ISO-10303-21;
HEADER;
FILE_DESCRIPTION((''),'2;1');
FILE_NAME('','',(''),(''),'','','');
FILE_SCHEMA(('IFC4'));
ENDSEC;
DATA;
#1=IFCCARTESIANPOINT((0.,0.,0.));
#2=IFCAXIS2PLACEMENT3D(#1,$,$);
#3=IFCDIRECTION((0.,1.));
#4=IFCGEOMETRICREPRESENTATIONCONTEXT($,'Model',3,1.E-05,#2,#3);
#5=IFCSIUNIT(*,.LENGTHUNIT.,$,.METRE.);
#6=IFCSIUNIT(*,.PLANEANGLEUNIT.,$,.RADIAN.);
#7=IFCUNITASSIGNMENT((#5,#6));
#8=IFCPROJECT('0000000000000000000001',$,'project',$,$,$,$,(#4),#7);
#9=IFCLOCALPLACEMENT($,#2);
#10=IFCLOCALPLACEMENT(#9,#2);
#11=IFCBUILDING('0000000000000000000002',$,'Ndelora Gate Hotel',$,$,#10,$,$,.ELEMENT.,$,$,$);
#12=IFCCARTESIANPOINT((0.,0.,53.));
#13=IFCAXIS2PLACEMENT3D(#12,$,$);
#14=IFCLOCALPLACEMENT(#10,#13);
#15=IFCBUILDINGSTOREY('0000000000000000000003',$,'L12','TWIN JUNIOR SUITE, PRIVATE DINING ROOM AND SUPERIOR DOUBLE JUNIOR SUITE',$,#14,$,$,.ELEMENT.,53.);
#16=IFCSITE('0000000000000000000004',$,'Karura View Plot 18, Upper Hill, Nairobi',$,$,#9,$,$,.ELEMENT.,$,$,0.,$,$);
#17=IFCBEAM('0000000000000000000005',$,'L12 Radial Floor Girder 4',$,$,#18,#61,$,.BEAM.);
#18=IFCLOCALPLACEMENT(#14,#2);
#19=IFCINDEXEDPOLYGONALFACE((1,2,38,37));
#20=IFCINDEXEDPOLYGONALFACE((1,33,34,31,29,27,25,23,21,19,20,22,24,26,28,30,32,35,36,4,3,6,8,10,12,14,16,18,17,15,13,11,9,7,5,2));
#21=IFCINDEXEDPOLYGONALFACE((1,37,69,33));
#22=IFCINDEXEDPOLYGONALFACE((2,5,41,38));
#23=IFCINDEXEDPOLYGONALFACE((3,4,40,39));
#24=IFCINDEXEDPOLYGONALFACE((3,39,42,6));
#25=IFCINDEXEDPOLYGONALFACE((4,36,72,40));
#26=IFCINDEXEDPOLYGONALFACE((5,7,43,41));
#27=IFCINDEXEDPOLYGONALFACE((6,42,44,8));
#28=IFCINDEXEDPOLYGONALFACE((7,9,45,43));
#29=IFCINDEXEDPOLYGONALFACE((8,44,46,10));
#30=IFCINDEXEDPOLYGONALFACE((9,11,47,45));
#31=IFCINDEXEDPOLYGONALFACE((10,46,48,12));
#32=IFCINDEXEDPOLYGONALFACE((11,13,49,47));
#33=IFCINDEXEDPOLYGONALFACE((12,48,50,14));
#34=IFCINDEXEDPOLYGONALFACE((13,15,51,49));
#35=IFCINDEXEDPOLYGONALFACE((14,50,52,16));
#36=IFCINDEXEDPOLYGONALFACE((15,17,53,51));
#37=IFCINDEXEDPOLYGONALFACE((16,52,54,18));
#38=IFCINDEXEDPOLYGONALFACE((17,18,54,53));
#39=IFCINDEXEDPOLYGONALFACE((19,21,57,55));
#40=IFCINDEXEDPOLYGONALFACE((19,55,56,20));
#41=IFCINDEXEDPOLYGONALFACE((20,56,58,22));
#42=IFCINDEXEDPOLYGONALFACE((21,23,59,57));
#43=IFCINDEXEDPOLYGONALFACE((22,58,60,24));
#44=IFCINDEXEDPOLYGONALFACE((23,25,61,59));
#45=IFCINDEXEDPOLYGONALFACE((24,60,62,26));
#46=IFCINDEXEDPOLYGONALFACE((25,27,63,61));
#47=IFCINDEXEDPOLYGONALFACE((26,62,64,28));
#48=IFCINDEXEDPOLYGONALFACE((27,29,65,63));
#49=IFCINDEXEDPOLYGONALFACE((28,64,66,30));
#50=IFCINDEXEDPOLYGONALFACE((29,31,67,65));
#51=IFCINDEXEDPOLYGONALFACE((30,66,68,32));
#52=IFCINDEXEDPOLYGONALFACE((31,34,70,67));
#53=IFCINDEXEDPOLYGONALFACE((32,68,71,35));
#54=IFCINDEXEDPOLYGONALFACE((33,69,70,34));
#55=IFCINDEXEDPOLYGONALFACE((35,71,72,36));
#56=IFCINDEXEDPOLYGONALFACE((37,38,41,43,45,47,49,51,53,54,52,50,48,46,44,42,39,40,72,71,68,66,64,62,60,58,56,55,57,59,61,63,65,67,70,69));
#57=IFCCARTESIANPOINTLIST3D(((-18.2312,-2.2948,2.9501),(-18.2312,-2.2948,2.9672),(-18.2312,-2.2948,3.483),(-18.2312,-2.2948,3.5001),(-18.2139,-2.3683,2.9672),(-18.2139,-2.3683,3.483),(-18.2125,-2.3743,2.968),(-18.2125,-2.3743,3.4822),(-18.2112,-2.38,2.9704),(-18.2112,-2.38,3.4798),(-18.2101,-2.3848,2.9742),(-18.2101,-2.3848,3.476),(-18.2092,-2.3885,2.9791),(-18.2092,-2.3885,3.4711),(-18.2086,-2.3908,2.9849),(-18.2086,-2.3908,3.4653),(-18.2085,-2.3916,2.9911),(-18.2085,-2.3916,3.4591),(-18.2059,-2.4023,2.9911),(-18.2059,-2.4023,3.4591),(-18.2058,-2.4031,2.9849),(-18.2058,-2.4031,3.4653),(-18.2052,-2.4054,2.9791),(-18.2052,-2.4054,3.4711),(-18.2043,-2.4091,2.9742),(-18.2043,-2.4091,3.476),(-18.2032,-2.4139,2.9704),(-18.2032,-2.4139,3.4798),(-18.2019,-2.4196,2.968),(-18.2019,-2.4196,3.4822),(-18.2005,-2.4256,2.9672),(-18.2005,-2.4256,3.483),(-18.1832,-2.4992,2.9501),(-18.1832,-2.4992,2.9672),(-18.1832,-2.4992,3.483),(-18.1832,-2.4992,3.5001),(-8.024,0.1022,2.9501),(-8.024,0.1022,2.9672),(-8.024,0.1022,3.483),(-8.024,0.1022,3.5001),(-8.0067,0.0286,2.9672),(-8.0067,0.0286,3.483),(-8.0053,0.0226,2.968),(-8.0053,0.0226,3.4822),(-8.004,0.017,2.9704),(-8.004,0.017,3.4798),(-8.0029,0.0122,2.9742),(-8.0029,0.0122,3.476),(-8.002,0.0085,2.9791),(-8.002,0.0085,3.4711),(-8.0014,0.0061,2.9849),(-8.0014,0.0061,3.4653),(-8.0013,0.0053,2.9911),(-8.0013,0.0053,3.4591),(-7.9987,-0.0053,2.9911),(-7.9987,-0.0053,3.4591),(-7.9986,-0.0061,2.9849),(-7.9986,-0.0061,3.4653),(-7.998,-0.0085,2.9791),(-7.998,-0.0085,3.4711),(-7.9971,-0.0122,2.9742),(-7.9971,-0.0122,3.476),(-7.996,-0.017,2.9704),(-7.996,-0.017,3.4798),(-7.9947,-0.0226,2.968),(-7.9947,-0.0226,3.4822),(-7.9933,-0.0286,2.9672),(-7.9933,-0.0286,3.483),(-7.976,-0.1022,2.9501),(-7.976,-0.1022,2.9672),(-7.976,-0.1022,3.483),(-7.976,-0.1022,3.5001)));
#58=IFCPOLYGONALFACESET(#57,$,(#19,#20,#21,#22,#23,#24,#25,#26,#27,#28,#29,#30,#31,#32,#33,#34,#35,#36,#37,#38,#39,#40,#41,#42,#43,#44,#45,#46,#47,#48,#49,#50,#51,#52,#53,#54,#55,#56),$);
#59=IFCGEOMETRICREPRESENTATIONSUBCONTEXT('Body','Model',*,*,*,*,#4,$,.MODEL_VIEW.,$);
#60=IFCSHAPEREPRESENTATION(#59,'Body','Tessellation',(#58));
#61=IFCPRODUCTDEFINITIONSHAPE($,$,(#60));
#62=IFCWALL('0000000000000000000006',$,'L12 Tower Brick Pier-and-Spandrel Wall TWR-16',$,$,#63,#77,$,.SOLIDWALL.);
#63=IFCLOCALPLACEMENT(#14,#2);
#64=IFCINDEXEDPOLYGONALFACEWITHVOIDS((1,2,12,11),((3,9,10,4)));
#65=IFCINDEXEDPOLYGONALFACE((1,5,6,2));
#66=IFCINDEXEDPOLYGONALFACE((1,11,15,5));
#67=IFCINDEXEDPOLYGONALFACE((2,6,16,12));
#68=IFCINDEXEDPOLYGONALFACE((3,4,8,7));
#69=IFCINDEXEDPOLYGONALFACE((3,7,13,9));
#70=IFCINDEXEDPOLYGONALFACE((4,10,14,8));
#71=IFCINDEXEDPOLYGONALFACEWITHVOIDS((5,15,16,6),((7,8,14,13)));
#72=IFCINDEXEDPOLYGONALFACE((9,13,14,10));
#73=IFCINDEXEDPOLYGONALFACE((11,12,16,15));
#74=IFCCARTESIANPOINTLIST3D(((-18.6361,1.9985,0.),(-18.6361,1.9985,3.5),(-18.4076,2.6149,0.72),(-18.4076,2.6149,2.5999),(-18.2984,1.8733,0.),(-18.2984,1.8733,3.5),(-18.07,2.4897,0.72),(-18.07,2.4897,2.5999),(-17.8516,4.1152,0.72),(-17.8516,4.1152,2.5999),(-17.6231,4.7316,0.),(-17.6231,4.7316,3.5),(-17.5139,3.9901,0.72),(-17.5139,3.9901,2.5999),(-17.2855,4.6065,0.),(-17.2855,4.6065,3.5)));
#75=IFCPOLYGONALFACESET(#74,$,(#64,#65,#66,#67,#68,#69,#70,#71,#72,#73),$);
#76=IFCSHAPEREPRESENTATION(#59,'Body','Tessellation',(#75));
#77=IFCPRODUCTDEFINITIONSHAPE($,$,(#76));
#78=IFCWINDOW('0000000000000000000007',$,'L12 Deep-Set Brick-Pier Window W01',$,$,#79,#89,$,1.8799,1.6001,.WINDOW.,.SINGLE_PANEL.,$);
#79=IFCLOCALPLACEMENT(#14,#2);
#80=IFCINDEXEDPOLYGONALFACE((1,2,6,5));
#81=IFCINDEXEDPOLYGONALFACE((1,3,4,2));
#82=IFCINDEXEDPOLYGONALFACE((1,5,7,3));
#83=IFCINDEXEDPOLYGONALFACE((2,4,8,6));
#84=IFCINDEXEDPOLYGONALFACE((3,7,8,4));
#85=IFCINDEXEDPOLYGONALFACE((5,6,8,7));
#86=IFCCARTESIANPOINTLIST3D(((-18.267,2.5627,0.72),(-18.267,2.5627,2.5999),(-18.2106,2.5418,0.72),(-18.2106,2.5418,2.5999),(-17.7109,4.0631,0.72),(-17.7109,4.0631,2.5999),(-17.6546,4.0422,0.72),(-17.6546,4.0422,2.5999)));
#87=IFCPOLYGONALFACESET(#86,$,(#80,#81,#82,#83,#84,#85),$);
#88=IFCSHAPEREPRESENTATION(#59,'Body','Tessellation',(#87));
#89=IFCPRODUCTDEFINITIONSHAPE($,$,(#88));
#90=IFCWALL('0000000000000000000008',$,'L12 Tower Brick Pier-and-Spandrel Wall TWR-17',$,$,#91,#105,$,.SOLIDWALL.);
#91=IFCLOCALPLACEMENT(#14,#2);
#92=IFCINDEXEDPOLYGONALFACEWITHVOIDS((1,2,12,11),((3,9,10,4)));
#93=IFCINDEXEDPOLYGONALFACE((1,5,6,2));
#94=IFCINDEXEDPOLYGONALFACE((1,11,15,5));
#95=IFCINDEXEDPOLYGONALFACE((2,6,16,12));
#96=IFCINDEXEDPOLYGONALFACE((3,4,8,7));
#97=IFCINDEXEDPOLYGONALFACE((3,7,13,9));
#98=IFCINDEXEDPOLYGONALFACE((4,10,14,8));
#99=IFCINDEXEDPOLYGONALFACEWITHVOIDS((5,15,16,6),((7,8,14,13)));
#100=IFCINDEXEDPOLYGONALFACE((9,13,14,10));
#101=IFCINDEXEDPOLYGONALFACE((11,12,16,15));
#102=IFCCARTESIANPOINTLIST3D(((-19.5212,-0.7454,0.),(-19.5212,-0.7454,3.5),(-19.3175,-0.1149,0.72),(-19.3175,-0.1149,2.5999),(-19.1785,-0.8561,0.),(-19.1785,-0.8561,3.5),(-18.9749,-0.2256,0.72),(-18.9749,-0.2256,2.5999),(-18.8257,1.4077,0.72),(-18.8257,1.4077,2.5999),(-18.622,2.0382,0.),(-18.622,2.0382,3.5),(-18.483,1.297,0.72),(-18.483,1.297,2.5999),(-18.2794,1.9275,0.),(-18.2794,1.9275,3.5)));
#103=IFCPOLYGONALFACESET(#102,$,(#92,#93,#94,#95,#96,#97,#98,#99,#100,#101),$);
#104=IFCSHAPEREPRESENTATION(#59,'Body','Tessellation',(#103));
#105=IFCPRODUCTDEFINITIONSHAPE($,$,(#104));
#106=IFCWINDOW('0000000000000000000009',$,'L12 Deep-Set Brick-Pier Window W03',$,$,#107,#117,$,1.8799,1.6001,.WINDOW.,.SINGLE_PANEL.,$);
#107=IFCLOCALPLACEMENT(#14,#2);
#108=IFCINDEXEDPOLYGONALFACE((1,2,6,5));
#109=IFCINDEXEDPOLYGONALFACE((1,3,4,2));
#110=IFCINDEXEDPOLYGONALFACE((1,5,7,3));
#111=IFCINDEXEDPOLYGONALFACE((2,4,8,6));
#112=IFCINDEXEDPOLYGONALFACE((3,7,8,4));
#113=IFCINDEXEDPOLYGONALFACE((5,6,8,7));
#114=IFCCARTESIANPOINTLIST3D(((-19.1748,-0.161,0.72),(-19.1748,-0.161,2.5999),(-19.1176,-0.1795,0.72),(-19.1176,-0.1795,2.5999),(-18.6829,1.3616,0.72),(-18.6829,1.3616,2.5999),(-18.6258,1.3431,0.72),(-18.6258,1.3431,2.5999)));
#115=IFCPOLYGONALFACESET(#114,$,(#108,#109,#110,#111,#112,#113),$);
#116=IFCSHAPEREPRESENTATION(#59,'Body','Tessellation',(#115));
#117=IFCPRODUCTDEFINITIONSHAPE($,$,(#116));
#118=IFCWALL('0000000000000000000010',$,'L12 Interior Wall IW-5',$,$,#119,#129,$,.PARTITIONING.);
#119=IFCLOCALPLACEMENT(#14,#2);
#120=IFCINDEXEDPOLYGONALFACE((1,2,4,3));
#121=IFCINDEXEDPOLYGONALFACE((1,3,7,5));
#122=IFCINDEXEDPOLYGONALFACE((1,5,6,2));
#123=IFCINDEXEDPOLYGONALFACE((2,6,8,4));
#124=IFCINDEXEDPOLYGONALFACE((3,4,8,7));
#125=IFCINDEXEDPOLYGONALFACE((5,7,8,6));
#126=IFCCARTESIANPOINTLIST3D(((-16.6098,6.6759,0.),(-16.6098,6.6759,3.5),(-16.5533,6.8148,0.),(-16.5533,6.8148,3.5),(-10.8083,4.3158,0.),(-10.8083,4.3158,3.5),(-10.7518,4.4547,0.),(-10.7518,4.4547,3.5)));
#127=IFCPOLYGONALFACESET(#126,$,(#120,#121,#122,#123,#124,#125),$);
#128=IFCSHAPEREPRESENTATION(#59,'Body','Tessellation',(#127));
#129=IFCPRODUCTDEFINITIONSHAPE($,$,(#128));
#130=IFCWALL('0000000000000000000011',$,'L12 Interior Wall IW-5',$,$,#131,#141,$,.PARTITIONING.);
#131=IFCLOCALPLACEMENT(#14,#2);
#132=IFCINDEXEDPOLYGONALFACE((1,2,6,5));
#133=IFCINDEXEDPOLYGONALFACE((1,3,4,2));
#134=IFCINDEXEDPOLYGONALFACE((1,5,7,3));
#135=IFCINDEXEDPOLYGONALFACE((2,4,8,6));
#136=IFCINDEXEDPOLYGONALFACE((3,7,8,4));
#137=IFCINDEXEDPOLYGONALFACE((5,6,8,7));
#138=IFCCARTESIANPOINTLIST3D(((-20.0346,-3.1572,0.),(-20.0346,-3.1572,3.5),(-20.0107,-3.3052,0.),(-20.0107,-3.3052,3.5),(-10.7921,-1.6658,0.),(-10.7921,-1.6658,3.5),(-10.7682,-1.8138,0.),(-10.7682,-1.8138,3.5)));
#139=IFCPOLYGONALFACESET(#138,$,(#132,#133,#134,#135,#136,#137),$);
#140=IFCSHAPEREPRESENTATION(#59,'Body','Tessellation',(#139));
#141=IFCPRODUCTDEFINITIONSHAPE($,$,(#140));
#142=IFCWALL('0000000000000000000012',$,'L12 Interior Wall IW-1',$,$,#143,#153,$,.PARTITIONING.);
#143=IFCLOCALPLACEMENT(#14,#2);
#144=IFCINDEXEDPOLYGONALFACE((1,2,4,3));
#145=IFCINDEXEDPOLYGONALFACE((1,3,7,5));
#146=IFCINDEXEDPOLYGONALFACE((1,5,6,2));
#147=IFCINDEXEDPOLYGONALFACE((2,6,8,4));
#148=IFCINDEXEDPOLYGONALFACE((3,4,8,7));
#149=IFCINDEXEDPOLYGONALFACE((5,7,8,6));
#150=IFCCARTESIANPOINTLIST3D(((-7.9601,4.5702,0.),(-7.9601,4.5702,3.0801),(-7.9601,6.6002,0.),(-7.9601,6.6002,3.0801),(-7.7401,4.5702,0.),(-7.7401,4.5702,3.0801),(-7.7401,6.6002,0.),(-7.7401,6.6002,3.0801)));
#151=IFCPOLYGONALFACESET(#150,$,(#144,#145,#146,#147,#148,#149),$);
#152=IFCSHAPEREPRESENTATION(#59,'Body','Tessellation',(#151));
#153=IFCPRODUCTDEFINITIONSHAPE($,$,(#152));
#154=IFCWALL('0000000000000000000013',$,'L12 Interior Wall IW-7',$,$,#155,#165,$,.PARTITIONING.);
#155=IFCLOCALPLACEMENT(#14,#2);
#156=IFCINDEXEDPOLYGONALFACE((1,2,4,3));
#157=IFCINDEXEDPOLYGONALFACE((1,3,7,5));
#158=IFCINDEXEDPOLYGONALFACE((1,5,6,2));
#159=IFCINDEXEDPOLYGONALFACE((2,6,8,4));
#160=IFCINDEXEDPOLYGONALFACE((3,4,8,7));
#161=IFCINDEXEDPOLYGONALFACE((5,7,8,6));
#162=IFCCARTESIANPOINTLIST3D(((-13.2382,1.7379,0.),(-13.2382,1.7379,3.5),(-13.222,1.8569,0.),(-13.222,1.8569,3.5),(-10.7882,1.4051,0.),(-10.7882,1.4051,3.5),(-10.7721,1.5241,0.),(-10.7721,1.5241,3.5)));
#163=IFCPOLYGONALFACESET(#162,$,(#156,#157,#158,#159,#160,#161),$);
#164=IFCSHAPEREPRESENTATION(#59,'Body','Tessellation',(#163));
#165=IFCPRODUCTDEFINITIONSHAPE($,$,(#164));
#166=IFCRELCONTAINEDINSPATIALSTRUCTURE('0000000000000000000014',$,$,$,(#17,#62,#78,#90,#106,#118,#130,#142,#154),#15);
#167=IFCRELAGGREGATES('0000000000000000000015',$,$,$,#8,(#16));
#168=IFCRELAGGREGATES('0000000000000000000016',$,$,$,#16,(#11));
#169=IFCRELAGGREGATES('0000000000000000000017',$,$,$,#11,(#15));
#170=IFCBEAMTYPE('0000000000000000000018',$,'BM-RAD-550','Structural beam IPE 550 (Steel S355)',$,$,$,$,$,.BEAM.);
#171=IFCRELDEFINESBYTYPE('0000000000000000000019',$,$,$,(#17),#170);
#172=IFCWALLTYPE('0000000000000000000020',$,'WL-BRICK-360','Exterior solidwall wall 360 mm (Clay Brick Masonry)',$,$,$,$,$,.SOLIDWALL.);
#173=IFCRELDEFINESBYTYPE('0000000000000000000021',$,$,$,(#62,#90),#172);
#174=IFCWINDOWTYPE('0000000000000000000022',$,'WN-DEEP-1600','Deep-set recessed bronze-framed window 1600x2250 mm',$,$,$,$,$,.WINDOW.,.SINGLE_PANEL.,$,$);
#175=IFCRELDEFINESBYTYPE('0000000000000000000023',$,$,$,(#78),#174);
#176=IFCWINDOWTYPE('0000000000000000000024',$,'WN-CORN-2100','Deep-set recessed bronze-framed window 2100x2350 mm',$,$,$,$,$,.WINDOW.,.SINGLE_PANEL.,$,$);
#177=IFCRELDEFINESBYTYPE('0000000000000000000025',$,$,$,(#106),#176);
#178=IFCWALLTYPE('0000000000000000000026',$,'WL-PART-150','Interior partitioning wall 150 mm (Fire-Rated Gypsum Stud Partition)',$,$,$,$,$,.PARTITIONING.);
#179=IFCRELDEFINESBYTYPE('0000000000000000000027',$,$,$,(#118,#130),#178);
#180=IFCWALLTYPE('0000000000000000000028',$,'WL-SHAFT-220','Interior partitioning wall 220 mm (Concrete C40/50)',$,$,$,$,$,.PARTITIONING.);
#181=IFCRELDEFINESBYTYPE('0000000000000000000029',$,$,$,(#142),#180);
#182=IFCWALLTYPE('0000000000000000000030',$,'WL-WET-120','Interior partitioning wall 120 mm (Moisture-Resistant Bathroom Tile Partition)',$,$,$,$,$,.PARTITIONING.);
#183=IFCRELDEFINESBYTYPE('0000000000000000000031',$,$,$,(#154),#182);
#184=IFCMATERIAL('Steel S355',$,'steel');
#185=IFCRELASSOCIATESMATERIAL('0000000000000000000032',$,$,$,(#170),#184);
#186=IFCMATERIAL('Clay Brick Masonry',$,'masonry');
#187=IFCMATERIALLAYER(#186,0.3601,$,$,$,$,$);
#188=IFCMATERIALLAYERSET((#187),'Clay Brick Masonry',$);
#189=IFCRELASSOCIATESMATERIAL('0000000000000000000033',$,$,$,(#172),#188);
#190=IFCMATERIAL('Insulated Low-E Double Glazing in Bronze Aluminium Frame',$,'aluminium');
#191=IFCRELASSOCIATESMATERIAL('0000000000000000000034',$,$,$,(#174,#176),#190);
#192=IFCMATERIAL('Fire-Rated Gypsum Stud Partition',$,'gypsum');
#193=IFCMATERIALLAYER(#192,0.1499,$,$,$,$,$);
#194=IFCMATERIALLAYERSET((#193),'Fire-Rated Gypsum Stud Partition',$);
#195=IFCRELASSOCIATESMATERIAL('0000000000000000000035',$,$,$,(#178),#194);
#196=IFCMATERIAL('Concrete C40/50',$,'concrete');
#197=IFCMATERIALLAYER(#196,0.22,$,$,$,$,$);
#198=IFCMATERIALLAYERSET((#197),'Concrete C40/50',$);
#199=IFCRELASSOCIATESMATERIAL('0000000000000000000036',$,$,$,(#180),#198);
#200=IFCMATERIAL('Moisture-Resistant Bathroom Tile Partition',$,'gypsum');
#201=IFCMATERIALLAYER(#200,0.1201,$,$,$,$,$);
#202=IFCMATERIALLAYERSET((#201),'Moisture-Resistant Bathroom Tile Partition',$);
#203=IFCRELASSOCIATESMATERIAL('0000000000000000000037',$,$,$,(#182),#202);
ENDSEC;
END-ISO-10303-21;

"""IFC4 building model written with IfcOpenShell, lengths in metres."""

from ifc_helpers import new_model, si_unit, direction, frame, frame_2d, origin, origin_2d, place, context, subcontext, project, spatial, rectangle, i_section, extrude, material, layer, layer_set, material_profile, profile_set, type_object, element, fill, save


model = new_model("IFC4")

# Units and contexts
model_context = context("Model", 3, precision=1e-05, world=origin(), true_north=direction((0.0, 1.0)))
body_context = subcontext(model_context, "Body", "Model", "MODEL_VIEW")
ifc_project = project(units=[si_unit("LENGTHUNIT", "METRE"), si_unit("PLANEANGLEUNIT", "RADIAN")], contexts=[model_context])

# Site, building, storey
site_placement = place(None, origin())
site = spatial("IfcSite", under=ifc_project, at=site_placement, Name="Karura View Plot 18, Upper Hill, Nairobi", CompositionType="ELEMENT", RefElevation=0.0)
building_placement = place(site_placement, origin())
building = spatial("IfcBuilding", under=site, at=building_placement, Name="Ndelora Gate Hotel", CompositionType="ELEMENT")
storey_placement = place(building_placement, frame((0.0, 0.0, 53.0)))
storey = spatial("IfcBuildingStorey", under=building, at=storey_placement, Name="L12", Description="TWIN JUNIOR SUITE, PRIVATE DINING ROOM AND SUPERIOR DOUBLE JUNIOR SUITE", CompositionType="ELEMENT", Elevation=53.0)

# Beam
ifc_material_1 = material(Name="Steel S355", Category="steel")
ifc_material_profile_1 = material_profile(ifc_material_1, i_section(OverallWidth=0.21, OverallDepth=0.55, WebThickness=0.011, FlangeThickness=0.0171, FilletRadius=0.0239, at=origin_2d()), Name="IPE 550")
ifc_profile_set_1 = profile_set([ifc_material_profile_1], Name="Steel S355")
beam_type_1 = type_object("IfcBeamType", Name="BM-RAD-550", Description="Structural beam IPE 550 (Steel S355)", PredefinedType="BEAM", material=ifc_profile_set_1)
beam_1_placement = place(storey_placement, frame((-8.0, 0.0, 3.2251), z_axis=(-0.973518, -0.228611, 0.0), x_axis=(0.228611, -0.973518, 0.0)))
element("IfcBeam", 1, at=beam_1_placement, inside=storey, type_object=beam_type_1, Name="L12 Radial Floor Girder 4", PredefinedType="BEAM", context=body_context, shape_type="SweptSolid", body=[
    extrude(i_section(OverallWidth=0.21, OverallDepth=0.55, WebThickness=0.011, FlangeThickness=0.0171, FilletRadius=0.0239, at=origin_2d()), origin(), (0.0, 0.0, 1.0), 10.4849),
])

# Walls, openings, windows
ifc_material_2 = material(Name="Clay Brick Masonry", Category="masonry")
ifc_layer_1 = layer(ifc_material_2, 0.3601)
ifc_layer_set_1 = layer_set([ifc_layer_1], Name="Clay Brick Masonry")
wall_type_1 = type_object("IfcWallType", Name="WL-BRICK-360", Description="Exterior solidwall wall 360 mm (Clay Brick Masonry)", PredefinedType="SOLIDWALL", material=ifc_layer_set_1)
wall_1_placement = place(storey_placement, frame((-18.4673, 1.9358, 0.0), z_axis=(0.0, 0.0, 1.0), x_axis=(0.347513, 0.937675, 0.0)))
wall_1 = element("IfcWall", 2, at=wall_1_placement, inside=storey, type_object=wall_type_1, Name="L12 Tower Brick Pier-and-Spandrel Wall TWR-16", PredefinedType="SOLIDWALL", context=body_context, shape_type="SweptSolid", body=[
    extrude(rectangle(XDim=2.9148, YDim=0.3601, at=frame_2d((1.4575, 0.0))), origin(), (0.0, 0.0, 1.0), 3.5),
])
opening_1_placement = place(wall_1_placement, frame((0.6575, 0.0, 0.72)))
opening_1 = element("IfcOpeningElement", 3, at=opening_1_placement, cuts=wall_1, PredefinedType="OPENING", context=body_context, shape_type="SweptSolid", body=[
    extrude(rectangle(XDim=1.6001, YDim=1.8799, at=frame_2d((0.8, 0.9399))), frame((0.0, 0.1899, 0.0), z_axis=(0.0, -1.0, 0.0), x_axis=(1.0, 0.0, 0.0)), (0.0, 0.0, 1.0), 0.3801),
])
ifc_material_3 = material(Name="Insulated Low-E Double Glazing in Bronze Aluminium Frame", Category="aluminium")
window_type_1 = type_object("IfcWindowType", Name="WN-DEEP-1600", Description="Deep-set recessed bronze-framed window 1600x2250 mm", PartitioningType="SINGLE_PANEL", PredefinedType="WINDOW", material=ifc_material_3)
window_1_placement = place(opening_1_placement, origin())
window_1 = element("IfcWindow", 4, at=window_1_placement, inside=storey, type_object=window_type_1, Name="L12 Deep-Set Brick-Pier Window W01", OverallHeight=1.8799, OverallWidth=1.6001, PartitioningType="SINGLE_PANEL", PredefinedType="WINDOW", context=body_context, shape_type="SweptSolid", body=[
    extrude(rectangle(XDim=1.6001, YDim=1.8799, at=frame_2d((0.8, 0.9399))), frame((0.0, 0.03, 0.0), z_axis=(0.0, -1.0, 0.0), x_axis=(1.0, 0.0, 0.0)), (0.0, 0.0, 1.0), 0.0601),
])
fill(opening_1, window_1)
wall_2_placement = place(storey_placement, frame((-19.3499, -0.8008, 0.0), z_axis=(0.0, 0.0, 1.0), x_axis=(0.307376, 0.951588, 0.0)))
wall_2 = element("IfcWall", 5, at=wall_2_placement, inside=storey, type_object=wall_type_1, Name="L12 Tower Brick Pier-and-Spandrel Wall TWR-17", PredefinedType="SOLIDWALL", context=body_context, shape_type="SweptSolid", body=[
    extrude(rectangle(XDim=2.9253, YDim=0.3601, at=frame_2d((1.4626, 0.0))), origin(), (0.0, 0.0, 1.0), 3.5),
])
opening_2_placement = place(wall_2_placement, frame((0.6626, 0.0, 0.72)))
opening_2 = element("IfcOpeningElement", 6, at=opening_2_placement, cuts=wall_2, PredefinedType="OPENING", context=body_context, shape_type="SweptSolid", body=[
    extrude(rectangle(XDim=1.6001, YDim=1.8799, at=frame_2d((0.8, 0.9399))), frame((0.0, 0.1899, 0.0), z_axis=(0.0, -1.0, 0.0), x_axis=(1.0, 0.0, 0.0)), (0.0, 0.0, 1.0), 0.3801),
])
window_type_2 = type_object("IfcWindowType", Name="WN-CORN-2100", Description="Deep-set recessed bronze-framed window 2100x2350 mm", PartitioningType="SINGLE_PANEL", PredefinedType="WINDOW", material=ifc_material_3)
window_2_placement = place(opening_2_placement, origin())
window_2 = element("IfcWindow", 7, at=window_2_placement, inside=storey, type_object=window_type_2, Name="L12 Deep-Set Brick-Pier Window W03", OverallHeight=1.8799, OverallWidth=1.6001, PartitioningType="SINGLE_PANEL", PredefinedType="WINDOW", context=body_context, shape_type="SweptSolid", body=[
    extrude(rectangle(XDim=1.6001, YDim=1.8799, at=frame_2d((0.8, 0.9399))), frame((0.0, 0.03, 0.0), z_axis=(0.0, -1.0, 0.0), x_axis=(1.0, 0.0, 0.0)), (0.0, 0.0, 1.0), 0.0601),
])
fill(opening_2, window_2)

# Shared definitions
ifc_material_4 = material(Name="Concrete C40/50", Category="concrete")

# Walls
ifc_material_5 = material(Name="Fire-Rated Gypsum Stud Partition", Category="gypsum")
ifc_layer_2 = layer(ifc_material_5, 0.1499)
ifc_layer_set_2 = layer_set([ifc_layer_2], Name="Fire-Rated Gypsum Stud Partition")
wall_type_2 = type_object("IfcWallType", Name="WL-PART-150", Description="Interior partitioning wall 150 mm (Fire-Rated Gypsum Stud Partition)", PredefinedType="PARTITIONING", material=ifc_layer_set_2)
wall_3_placement = place(storey_placement, frame((-10.78, 4.3853, 0.0), z_axis=(0.0, 0.0, 1.0), x_axis=(-0.926286, 0.376821, 0.0)))
element("IfcWall", 8, at=wall_3_placement, inside=storey, type_object=wall_type_2, Name="L12 Interior Wall IW-5", PredefinedType="PARTITIONING", context=body_context, shape_type="SweptSolid", body=[
    extrude(rectangle(XDim=6.2632, YDim=0.1499, at=frame_2d((3.1316, 0.0))), origin(), (0.0, 0.0, 1.0), 3.5),
])
wall_4_placement = place(storey_placement, frame((-10.78, -1.7397, 0.0), z_axis=(0.0, 0.0, 1.0), x_axis=(-0.987229, -0.15931, 0.0)))
element("IfcWall", 9, at=wall_4_placement, inside=storey, type_object=wall_type_2, Name="L12 Interior Wall IW-5", PredefinedType="PARTITIONING", context=body_context, shape_type="SweptSolid", body=[
    extrude(rectangle(XDim=9.3621, YDim=0.1499, at=frame_2d((4.6812, 0.0))), origin(), (0.0, 0.0, 1.0), 3.5),
])

# Shared definitions
ifc_layer_3 = layer(ifc_material_4, 0.22)
ifc_layer_set_3 = layer_set([ifc_layer_3], Name="Concrete C40/50")
wall_type_3 = type_object("IfcWallType", Name="WL-SHAFT-220", Description="Interior partitioning wall 220 mm (Concrete C40/50)", PredefinedType="PARTITIONING", material=ifc_layer_set_3)

# Wall
wall_5_placement = place(storey_placement, frame((-7.8501, 4.5701, 0.0), z_axis=(0.0, 0.0, 1.0), x_axis=(0.0, 1.0, 0.0)))
element("IfcWall", 10, at=wall_5_placement, inside=storey, type_object=wall_type_3, Name="L12 Interior Wall IW-1", PredefinedType="PARTITIONING", context=body_context, shape_type="SweptSolid", body=[
    extrude(rectangle(XDim=2.03, YDim=0.22, at=frame_2d((1.0151, 0.0))), origin(), (0.0, 0.0, 1.0), 3.0801),
])

# Wall
ifc_material_6 = material(Name="Moisture-Resistant Bathroom Tile Partition", Category="gypsum")
ifc_layer_4 = layer(ifc_material_6, 0.1201)
ifc_layer_set_4 = layer_set([ifc_layer_4], Name="Moisture-Resistant Bathroom Tile Partition")
wall_type_4 = type_object("IfcWallType", Name="WL-WET-120", Description="Interior partitioning wall 120 mm (Moisture-Resistant Bathroom Tile Partition)", PredefinedType="PARTITIONING", material=ifc_layer_set_4)
wall_6_placement = place(storey_placement, frame((-10.78, 1.4646, 0.0), z_axis=(0.0, 0.0, 1.0), x_axis=(-0.990902, 0.134589, 0.0)))
element("IfcWall", 11, at=wall_6_placement, inside=storey, type_object=wall_type_4, Name="L12 Interior Wall IW-7", PredefinedType="PARTITIONING", context=body_context, shape_type="SweptSolid", body=[
    extrude(rectangle(XDim=2.4724, YDim=0.1201, at=frame_2d((1.2363, 0.0))), origin(), (0.0, 0.0, 1.0), 3.5),
])

save(model, "model.ifc")
